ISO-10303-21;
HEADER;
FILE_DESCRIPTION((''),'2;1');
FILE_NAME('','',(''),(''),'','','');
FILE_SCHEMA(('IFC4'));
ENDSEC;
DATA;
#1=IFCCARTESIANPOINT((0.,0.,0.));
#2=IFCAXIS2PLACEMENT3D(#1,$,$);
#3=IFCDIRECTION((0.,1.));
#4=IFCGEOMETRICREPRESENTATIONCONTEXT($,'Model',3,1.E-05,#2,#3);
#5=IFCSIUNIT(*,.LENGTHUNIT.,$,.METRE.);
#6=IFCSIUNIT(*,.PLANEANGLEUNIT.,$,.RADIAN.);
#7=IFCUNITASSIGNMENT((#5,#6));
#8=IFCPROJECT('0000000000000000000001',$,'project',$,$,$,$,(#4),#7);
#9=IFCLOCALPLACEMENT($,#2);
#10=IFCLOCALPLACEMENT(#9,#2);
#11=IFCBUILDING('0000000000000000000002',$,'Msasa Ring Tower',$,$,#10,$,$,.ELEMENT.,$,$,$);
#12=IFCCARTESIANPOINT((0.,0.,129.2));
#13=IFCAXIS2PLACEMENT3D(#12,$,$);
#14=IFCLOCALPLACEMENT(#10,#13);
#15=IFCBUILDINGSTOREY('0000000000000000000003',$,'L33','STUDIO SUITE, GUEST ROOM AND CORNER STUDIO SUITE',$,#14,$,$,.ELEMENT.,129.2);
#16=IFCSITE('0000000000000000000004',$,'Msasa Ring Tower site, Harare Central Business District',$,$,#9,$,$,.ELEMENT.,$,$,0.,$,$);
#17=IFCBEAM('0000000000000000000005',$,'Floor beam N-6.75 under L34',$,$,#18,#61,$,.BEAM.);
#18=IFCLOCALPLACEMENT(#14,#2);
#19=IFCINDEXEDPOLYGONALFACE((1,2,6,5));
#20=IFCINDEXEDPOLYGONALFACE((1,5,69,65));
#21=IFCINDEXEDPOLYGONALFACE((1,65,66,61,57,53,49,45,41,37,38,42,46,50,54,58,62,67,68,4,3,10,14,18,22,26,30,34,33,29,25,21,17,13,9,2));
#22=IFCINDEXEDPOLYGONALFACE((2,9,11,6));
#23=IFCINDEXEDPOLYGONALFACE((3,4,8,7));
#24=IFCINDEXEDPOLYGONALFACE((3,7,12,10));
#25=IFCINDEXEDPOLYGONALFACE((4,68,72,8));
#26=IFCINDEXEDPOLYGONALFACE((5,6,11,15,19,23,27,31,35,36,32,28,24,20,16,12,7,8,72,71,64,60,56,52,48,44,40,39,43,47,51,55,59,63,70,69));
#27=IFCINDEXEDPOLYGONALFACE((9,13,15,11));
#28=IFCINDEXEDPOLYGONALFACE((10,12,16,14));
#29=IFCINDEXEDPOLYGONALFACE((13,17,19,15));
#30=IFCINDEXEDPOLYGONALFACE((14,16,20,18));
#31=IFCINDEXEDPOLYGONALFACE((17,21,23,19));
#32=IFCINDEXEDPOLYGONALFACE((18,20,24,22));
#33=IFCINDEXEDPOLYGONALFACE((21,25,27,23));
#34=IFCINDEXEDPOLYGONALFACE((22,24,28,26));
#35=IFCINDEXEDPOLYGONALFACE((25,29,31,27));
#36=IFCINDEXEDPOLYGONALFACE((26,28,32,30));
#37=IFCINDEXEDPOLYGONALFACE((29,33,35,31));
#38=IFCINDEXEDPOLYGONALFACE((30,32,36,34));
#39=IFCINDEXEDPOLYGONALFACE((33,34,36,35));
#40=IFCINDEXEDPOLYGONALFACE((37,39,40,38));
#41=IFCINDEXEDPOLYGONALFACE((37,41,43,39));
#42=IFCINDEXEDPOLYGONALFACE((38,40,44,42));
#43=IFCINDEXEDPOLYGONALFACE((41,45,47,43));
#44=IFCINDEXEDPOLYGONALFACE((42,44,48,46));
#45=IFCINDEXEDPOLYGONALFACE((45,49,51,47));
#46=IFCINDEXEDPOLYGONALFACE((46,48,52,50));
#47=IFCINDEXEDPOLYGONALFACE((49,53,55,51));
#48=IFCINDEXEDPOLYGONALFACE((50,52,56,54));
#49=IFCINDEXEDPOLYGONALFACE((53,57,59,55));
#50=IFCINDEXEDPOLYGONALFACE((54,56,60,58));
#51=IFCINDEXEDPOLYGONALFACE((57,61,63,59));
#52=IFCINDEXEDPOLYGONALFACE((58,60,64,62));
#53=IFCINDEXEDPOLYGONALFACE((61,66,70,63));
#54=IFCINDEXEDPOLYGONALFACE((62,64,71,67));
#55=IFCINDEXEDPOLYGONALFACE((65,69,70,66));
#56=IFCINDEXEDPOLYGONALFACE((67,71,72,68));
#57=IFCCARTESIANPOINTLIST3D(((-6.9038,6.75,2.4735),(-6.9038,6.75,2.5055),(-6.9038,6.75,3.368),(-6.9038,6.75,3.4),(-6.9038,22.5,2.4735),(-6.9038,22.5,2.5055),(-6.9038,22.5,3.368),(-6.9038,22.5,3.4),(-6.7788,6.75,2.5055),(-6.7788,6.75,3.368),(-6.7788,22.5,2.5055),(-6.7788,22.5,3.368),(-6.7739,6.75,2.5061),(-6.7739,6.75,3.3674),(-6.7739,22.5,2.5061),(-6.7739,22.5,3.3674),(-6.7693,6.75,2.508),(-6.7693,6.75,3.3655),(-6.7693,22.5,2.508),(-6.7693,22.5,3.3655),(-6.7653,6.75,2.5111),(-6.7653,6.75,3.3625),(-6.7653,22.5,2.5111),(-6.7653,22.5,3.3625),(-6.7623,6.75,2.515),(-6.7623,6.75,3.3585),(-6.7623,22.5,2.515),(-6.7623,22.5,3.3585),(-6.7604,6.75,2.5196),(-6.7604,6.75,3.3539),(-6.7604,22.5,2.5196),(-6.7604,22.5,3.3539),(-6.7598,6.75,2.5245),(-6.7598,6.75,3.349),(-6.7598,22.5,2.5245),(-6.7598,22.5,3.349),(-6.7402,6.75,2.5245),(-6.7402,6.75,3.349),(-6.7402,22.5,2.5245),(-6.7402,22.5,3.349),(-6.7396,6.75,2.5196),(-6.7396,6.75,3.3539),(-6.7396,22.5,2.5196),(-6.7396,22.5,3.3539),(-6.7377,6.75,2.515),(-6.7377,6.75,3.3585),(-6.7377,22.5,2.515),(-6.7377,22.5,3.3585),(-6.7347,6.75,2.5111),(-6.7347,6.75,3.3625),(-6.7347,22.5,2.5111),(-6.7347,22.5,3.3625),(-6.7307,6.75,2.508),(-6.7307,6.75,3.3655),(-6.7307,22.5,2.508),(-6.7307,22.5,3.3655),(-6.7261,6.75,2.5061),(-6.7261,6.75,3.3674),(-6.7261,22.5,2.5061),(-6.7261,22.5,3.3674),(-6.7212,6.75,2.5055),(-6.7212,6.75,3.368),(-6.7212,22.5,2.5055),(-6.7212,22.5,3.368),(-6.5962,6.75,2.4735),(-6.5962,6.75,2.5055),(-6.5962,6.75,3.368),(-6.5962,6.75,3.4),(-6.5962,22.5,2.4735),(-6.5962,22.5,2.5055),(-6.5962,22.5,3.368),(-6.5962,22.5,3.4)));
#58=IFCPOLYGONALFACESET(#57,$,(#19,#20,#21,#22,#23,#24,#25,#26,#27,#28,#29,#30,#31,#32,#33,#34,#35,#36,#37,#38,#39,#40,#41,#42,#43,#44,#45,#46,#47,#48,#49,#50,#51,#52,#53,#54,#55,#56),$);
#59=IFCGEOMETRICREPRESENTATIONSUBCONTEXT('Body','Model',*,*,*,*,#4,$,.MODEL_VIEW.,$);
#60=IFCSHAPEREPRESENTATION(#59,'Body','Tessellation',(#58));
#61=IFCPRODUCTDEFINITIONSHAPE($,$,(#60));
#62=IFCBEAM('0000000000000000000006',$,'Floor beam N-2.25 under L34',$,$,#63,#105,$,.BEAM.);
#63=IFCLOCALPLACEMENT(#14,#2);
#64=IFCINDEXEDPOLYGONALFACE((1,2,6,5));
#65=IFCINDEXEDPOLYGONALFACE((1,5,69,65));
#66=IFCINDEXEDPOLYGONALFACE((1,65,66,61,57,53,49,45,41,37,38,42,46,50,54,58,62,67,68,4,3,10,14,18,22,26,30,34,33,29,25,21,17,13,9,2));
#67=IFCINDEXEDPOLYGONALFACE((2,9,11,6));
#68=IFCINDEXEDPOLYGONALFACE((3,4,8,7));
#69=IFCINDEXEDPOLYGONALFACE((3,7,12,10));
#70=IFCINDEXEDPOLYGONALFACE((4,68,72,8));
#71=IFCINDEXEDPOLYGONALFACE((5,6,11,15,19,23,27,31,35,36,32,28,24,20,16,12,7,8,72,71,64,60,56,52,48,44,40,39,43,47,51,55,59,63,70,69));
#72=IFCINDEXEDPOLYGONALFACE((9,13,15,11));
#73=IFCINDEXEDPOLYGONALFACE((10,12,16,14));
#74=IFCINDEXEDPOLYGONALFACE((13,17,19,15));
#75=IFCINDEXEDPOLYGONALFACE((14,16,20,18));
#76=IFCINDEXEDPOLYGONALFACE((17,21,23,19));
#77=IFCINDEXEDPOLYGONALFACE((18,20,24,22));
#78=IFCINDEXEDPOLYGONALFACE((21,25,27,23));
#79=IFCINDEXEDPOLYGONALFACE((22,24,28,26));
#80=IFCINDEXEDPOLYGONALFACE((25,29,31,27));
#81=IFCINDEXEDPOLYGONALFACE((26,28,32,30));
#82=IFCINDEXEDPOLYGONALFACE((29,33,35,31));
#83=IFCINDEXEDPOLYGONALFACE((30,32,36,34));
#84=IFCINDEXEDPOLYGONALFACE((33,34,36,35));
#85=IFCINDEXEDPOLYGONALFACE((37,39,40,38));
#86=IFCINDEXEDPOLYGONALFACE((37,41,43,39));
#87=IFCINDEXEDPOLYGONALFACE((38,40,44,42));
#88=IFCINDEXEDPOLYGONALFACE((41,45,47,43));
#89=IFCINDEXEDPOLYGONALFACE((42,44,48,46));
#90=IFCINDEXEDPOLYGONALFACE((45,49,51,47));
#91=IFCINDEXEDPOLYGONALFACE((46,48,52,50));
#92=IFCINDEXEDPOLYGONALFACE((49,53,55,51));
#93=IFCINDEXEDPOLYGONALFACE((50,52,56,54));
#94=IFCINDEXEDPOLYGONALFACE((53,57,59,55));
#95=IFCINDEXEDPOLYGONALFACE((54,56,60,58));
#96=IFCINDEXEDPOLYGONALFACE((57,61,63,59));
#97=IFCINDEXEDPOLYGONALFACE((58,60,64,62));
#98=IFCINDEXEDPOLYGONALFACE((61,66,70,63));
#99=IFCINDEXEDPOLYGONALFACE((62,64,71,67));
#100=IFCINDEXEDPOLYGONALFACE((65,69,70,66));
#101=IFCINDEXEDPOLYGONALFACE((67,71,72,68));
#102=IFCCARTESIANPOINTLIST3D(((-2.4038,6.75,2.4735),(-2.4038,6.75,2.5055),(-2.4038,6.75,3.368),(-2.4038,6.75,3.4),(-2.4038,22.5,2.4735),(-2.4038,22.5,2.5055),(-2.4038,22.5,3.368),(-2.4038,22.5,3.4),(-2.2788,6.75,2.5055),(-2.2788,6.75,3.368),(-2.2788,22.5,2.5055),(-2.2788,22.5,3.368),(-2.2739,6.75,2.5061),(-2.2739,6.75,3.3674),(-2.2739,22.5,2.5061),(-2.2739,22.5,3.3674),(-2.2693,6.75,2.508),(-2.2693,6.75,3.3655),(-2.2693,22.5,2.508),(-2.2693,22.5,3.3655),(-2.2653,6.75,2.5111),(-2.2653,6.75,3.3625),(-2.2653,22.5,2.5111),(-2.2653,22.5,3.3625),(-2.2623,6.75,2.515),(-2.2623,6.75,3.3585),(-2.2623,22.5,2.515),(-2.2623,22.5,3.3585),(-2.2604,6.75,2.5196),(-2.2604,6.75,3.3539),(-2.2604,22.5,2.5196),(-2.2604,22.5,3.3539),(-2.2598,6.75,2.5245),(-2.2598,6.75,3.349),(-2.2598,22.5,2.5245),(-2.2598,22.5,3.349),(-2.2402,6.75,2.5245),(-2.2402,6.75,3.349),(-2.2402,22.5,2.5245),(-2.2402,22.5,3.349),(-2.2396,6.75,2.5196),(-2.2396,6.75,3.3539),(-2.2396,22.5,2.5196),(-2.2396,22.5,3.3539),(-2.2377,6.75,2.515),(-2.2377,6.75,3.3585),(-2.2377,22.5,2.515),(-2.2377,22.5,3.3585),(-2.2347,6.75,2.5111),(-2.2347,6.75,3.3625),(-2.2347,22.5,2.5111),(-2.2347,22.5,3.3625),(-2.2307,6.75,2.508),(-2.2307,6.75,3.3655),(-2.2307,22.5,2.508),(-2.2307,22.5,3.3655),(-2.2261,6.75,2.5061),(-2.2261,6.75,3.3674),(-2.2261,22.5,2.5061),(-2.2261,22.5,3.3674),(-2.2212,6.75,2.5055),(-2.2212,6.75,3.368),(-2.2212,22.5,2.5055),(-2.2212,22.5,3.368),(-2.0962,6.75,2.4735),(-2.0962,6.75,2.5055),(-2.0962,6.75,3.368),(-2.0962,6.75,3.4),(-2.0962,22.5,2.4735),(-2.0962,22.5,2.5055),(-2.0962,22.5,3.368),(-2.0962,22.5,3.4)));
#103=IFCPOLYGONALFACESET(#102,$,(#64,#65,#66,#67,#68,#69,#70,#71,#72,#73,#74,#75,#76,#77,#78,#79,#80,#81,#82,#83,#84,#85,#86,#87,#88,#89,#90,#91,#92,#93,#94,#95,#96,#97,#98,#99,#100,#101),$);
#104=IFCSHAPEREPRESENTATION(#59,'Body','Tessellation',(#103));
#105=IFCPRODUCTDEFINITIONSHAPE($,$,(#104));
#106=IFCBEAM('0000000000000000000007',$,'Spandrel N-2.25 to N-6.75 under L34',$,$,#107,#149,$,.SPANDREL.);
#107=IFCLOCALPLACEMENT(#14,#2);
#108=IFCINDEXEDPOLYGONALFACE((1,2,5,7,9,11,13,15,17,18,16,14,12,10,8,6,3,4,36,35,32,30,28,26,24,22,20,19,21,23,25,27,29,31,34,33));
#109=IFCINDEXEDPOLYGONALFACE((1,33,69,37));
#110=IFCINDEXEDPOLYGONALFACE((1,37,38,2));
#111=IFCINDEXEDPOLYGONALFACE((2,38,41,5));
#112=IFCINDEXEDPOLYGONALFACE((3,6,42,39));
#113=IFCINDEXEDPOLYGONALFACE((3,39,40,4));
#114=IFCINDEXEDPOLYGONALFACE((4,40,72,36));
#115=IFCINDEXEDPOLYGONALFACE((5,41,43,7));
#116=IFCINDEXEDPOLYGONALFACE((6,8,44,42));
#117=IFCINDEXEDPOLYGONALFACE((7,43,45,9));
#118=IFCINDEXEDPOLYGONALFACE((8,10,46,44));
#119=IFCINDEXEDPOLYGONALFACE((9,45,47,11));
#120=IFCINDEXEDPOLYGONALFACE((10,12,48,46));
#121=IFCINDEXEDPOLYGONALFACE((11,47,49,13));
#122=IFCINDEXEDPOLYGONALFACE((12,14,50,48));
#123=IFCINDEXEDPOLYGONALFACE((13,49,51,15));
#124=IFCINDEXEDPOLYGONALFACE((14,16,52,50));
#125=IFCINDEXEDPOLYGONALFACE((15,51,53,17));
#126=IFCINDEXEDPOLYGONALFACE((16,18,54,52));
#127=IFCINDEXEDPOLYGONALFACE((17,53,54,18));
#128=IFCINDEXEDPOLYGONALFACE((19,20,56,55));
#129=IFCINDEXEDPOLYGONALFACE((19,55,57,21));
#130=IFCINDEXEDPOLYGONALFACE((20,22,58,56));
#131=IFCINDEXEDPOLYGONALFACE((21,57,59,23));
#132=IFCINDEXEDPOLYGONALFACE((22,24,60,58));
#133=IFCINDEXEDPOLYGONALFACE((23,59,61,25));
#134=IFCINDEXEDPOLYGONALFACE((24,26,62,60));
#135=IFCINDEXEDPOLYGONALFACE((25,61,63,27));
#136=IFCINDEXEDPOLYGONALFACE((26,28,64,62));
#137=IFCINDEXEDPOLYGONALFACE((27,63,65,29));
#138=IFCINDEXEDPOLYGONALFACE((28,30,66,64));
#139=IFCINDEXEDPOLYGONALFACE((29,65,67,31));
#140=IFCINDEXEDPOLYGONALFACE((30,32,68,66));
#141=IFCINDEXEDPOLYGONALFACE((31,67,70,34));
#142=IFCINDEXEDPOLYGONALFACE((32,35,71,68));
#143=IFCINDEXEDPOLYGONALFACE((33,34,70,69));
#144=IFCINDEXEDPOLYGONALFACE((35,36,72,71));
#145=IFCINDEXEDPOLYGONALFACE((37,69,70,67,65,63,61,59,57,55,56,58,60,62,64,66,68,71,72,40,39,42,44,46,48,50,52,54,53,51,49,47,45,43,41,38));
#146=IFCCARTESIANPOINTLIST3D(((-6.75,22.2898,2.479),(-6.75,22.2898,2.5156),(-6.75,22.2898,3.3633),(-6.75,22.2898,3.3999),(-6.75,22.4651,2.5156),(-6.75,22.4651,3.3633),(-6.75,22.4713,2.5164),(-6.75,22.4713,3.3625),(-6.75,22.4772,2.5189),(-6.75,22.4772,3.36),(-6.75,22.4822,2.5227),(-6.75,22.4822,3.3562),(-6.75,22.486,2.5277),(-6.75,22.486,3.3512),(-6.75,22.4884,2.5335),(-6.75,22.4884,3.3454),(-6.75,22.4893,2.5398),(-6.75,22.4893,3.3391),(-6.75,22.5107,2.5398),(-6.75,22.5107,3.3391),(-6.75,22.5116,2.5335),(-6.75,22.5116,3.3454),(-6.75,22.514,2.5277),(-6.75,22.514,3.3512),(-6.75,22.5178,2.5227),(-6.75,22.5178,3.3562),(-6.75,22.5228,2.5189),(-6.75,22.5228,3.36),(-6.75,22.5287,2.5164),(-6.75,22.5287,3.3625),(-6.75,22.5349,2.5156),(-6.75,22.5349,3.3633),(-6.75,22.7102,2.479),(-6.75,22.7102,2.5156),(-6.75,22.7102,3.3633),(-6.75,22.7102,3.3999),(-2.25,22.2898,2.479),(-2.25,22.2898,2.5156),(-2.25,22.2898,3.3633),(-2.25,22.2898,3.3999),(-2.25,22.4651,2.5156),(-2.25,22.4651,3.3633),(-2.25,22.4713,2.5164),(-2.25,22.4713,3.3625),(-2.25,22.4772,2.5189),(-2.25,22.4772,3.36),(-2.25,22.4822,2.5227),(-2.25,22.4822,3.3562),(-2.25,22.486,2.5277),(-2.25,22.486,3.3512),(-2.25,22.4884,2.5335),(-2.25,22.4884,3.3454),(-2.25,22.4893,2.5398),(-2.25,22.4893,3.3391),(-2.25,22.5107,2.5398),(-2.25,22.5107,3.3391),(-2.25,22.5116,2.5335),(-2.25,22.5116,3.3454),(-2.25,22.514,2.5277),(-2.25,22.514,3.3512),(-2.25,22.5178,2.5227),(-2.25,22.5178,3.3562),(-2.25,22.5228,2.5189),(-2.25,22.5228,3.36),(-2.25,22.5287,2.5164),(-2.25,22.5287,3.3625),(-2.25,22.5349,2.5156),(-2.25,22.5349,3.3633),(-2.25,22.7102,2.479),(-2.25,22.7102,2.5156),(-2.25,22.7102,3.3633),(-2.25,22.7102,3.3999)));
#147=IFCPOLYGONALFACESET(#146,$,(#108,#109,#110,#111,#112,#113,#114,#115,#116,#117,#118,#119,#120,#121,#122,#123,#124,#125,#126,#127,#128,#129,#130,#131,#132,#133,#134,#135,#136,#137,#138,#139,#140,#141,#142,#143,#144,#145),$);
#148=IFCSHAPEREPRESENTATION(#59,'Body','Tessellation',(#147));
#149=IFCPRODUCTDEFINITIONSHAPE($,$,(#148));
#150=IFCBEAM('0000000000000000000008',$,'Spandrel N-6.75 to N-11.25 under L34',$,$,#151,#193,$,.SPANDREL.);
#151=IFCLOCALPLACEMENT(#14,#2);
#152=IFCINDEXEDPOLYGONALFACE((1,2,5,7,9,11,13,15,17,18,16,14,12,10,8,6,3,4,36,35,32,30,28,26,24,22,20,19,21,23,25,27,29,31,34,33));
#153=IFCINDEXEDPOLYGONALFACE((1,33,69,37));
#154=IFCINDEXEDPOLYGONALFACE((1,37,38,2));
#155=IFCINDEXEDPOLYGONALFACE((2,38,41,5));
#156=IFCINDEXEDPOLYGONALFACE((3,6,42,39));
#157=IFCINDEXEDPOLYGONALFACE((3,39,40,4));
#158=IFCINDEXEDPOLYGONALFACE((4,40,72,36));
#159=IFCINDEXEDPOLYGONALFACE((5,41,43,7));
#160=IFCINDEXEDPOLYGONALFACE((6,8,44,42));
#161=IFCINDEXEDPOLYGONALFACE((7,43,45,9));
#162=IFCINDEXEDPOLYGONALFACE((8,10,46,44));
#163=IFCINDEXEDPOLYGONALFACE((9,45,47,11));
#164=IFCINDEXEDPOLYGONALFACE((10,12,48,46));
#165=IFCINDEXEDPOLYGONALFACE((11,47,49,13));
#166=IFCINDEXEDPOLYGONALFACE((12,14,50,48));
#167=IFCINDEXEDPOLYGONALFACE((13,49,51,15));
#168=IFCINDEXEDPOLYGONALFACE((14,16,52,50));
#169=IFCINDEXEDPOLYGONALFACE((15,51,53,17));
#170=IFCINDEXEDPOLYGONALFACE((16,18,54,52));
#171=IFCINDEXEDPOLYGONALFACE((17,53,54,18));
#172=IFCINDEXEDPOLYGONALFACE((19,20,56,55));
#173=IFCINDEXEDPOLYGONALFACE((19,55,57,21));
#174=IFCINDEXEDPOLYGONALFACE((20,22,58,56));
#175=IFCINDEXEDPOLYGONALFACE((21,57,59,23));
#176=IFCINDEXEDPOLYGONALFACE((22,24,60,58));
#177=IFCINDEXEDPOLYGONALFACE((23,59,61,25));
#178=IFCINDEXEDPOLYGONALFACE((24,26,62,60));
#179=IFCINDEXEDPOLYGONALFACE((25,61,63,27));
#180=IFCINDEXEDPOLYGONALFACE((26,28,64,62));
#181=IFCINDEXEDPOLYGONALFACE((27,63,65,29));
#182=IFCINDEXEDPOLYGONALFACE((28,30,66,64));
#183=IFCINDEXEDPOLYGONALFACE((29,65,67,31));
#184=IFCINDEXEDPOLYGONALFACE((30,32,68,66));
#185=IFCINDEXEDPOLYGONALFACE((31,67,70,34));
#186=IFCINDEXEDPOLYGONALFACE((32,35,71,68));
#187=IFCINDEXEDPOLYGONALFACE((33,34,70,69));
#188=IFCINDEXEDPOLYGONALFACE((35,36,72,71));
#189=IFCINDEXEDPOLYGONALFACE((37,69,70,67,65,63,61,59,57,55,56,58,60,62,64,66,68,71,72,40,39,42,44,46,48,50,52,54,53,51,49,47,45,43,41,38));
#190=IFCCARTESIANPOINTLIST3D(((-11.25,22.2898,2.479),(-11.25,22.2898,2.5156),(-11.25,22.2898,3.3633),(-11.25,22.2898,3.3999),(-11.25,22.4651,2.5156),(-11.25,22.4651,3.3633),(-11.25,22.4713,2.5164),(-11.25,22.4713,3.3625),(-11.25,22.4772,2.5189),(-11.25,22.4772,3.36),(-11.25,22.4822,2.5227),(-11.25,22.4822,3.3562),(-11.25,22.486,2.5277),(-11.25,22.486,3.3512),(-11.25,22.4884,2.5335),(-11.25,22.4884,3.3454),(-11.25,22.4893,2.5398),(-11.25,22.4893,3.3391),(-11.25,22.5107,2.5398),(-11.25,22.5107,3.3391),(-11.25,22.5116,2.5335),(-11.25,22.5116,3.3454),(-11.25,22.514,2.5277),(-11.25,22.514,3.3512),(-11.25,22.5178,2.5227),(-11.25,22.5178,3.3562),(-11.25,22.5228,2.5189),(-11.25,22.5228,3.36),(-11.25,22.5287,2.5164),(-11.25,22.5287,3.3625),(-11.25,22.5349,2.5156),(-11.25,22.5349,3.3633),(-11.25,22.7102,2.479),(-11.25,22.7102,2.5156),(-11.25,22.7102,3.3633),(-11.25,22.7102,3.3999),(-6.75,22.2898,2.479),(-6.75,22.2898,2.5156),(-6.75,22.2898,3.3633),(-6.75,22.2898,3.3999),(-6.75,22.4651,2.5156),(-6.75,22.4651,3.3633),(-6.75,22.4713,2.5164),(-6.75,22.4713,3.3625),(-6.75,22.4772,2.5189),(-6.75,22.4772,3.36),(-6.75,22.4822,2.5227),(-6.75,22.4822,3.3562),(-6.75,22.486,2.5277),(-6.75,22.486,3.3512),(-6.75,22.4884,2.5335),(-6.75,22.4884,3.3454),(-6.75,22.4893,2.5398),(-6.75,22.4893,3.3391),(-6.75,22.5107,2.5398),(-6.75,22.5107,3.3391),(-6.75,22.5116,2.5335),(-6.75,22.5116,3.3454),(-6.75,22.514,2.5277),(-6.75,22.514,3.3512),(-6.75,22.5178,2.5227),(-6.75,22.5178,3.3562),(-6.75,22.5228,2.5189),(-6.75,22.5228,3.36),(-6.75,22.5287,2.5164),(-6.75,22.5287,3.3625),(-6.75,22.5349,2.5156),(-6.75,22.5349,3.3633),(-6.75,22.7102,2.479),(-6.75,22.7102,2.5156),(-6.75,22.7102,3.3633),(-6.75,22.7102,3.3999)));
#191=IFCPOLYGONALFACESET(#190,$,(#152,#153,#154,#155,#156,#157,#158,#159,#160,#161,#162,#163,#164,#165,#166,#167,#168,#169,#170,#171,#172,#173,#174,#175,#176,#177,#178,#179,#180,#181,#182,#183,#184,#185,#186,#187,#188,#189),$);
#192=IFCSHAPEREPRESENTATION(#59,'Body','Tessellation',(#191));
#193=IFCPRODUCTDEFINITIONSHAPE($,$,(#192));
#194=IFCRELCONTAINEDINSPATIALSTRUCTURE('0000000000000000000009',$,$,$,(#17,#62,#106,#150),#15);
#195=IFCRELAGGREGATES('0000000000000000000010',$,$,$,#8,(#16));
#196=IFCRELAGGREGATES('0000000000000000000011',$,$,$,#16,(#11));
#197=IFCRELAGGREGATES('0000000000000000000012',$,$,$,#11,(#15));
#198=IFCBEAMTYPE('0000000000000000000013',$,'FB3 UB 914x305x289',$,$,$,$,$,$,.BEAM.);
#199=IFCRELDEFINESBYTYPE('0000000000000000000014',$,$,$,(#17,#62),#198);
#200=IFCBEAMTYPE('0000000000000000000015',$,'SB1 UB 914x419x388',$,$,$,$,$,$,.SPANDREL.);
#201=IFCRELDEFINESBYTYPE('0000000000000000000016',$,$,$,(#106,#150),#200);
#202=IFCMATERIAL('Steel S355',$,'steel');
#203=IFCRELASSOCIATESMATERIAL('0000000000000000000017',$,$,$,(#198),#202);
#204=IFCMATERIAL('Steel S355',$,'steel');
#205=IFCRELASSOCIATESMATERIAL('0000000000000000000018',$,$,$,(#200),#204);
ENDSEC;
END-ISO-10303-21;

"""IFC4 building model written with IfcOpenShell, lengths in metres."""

from ifc_helpers import new_model, si_unit, direction, frame, origin, origin_2d, place, context, subcontext, project, spatial, i_section, extrude, material, material_profile, profile_set, type_object, element, save


model = new_model("IFC4")

# Units and contexts
model_context = context("Model", 3, precision=1e-05, world=origin(), true_north=direction((0.0, 1.0)))
body_context = subcontext(model_context, "Body", "Model", "MODEL_VIEW")
ifc_project = project(units=[si_unit("LENGTHUNIT", "METRE"), si_unit("PLANEANGLEUNIT", "RADIAN")], contexts=[model_context])

# Site, building, storey
site_placement = place(None, origin())
site = spatial("IfcSite", under=ifc_project, at=site_placement, Name="Msasa Ring Tower site, Harare Central Business District", CompositionType="ELEMENT", RefElevation=0.0)
building_placement = place(site_placement, origin())
building = spatial("IfcBuilding", under=site, at=building_placement, Name="Msasa Ring Tower", CompositionType="ELEMENT")
storey_placement = place(building_placement, frame((0.0, 0.0, 129.2)))
storey = spatial("IfcBuildingStorey", under=building, at=storey_placement, Name="L33", Description="STUDIO SUITE, GUEST ROOM AND CORNER STUDIO SUITE", CompositionType="ELEMENT", Elevation=129.2)

# Beams
ifc_material_1 = material(Name="Steel S355", Category="steel")
ifc_material_profile_1 = material_profile(ifc_material_1, i_section(OverallWidth=0.3076, OverallDepth=0.9265, WebThickness=0.0195, FlangeThickness=0.032, FilletRadius=0.019, at=origin_2d()), Name="UB 914x305x289")
ifc_profile_set_1 = profile_set([ifc_material_profile_1], Name="Steel S355")
beam_type_1 = type_object("IfcBeamType", Name="FB3 UB 914x305x289", PredefinedType="BEAM", material=ifc_profile_set_1)
for number, where, z_axis, x_axis, name in (
    (1, (-6.75, 22.5, 2.9368), (0.0, -1.0, 0.0), (1.0, 0.0, 0.0), "Floor beam N-6.75 under L34"),
    (2, (-2.25, 22.5, 2.9368), (0.0, -1.0, 0.0), (1.0, 0.0, 0.0), "Floor beam N-2.25 under L34"),
):
    element("IfcBeam", number, at=place(storey_placement, frame(where, z_axis=z_axis, x_axis=x_axis)), inside=storey, type_object=beam_type_1, Name=name, PredefinedType="BEAM", context=body_context, shape_type="SweptSolid", body=[
        extrude(i_section(OverallWidth=0.3076, OverallDepth=0.9265, WebThickness=0.0195, FlangeThickness=0.032, FilletRadius=0.019, at=origin_2d()), origin(), (0.0, 0.0, 1.0), 15.75),
    ])
ifc_material_2 = material(Name="Steel S355", Category="steel")
ifc_material_profile_2 = material_profile(ifc_material_2, i_section(OverallWidth=0.4204, OverallDepth=0.9209, WebThickness=0.0215, FlangeThickness=0.0366, FilletRadius=0.0242, at=origin_2d()), Name="UB 914x419x388")
ifc_profile_set_2 = profile_set([ifc_material_profile_2], Name="Steel S355")
beam_type_2 = type_object("IfcBeamType", Name="SB1 UB 914x419x388", PredefinedType="SPANDREL", material=ifc_profile_set_2)
for number, where, z_axis, x_axis, name in (
    (3, (-2.25, 22.5, 2.9395), (-1.0, 0.0, 0.0), (0.0, -1.0, 0.0), "Spandrel N-2.25 to N-6.75 under L34"),
    (4, (-6.75, 22.5, 2.9395), (-1.0, 0.0, 0.0), (0.0, -1.0, 0.0), "Spandrel N-6.75 to N-11.25 under L34"),
):
    element("IfcBeam", number, at=place(storey_placement, frame(where, z_axis=z_axis, x_axis=x_axis)), inside=storey, type_object=beam_type_2, Name=name, PredefinedType="SPANDREL", context=body_context, shape_type="SweptSolid", body=[
        extrude(i_section(OverallWidth=0.4204, OverallDepth=0.9209, WebThickness=0.0215, FlangeThickness=0.0366, FilletRadius=0.0242, at=origin_2d()), origin(), (0.0, 0.0, 1.0), 4.5),
    ])

save(model, "model.ifc")
